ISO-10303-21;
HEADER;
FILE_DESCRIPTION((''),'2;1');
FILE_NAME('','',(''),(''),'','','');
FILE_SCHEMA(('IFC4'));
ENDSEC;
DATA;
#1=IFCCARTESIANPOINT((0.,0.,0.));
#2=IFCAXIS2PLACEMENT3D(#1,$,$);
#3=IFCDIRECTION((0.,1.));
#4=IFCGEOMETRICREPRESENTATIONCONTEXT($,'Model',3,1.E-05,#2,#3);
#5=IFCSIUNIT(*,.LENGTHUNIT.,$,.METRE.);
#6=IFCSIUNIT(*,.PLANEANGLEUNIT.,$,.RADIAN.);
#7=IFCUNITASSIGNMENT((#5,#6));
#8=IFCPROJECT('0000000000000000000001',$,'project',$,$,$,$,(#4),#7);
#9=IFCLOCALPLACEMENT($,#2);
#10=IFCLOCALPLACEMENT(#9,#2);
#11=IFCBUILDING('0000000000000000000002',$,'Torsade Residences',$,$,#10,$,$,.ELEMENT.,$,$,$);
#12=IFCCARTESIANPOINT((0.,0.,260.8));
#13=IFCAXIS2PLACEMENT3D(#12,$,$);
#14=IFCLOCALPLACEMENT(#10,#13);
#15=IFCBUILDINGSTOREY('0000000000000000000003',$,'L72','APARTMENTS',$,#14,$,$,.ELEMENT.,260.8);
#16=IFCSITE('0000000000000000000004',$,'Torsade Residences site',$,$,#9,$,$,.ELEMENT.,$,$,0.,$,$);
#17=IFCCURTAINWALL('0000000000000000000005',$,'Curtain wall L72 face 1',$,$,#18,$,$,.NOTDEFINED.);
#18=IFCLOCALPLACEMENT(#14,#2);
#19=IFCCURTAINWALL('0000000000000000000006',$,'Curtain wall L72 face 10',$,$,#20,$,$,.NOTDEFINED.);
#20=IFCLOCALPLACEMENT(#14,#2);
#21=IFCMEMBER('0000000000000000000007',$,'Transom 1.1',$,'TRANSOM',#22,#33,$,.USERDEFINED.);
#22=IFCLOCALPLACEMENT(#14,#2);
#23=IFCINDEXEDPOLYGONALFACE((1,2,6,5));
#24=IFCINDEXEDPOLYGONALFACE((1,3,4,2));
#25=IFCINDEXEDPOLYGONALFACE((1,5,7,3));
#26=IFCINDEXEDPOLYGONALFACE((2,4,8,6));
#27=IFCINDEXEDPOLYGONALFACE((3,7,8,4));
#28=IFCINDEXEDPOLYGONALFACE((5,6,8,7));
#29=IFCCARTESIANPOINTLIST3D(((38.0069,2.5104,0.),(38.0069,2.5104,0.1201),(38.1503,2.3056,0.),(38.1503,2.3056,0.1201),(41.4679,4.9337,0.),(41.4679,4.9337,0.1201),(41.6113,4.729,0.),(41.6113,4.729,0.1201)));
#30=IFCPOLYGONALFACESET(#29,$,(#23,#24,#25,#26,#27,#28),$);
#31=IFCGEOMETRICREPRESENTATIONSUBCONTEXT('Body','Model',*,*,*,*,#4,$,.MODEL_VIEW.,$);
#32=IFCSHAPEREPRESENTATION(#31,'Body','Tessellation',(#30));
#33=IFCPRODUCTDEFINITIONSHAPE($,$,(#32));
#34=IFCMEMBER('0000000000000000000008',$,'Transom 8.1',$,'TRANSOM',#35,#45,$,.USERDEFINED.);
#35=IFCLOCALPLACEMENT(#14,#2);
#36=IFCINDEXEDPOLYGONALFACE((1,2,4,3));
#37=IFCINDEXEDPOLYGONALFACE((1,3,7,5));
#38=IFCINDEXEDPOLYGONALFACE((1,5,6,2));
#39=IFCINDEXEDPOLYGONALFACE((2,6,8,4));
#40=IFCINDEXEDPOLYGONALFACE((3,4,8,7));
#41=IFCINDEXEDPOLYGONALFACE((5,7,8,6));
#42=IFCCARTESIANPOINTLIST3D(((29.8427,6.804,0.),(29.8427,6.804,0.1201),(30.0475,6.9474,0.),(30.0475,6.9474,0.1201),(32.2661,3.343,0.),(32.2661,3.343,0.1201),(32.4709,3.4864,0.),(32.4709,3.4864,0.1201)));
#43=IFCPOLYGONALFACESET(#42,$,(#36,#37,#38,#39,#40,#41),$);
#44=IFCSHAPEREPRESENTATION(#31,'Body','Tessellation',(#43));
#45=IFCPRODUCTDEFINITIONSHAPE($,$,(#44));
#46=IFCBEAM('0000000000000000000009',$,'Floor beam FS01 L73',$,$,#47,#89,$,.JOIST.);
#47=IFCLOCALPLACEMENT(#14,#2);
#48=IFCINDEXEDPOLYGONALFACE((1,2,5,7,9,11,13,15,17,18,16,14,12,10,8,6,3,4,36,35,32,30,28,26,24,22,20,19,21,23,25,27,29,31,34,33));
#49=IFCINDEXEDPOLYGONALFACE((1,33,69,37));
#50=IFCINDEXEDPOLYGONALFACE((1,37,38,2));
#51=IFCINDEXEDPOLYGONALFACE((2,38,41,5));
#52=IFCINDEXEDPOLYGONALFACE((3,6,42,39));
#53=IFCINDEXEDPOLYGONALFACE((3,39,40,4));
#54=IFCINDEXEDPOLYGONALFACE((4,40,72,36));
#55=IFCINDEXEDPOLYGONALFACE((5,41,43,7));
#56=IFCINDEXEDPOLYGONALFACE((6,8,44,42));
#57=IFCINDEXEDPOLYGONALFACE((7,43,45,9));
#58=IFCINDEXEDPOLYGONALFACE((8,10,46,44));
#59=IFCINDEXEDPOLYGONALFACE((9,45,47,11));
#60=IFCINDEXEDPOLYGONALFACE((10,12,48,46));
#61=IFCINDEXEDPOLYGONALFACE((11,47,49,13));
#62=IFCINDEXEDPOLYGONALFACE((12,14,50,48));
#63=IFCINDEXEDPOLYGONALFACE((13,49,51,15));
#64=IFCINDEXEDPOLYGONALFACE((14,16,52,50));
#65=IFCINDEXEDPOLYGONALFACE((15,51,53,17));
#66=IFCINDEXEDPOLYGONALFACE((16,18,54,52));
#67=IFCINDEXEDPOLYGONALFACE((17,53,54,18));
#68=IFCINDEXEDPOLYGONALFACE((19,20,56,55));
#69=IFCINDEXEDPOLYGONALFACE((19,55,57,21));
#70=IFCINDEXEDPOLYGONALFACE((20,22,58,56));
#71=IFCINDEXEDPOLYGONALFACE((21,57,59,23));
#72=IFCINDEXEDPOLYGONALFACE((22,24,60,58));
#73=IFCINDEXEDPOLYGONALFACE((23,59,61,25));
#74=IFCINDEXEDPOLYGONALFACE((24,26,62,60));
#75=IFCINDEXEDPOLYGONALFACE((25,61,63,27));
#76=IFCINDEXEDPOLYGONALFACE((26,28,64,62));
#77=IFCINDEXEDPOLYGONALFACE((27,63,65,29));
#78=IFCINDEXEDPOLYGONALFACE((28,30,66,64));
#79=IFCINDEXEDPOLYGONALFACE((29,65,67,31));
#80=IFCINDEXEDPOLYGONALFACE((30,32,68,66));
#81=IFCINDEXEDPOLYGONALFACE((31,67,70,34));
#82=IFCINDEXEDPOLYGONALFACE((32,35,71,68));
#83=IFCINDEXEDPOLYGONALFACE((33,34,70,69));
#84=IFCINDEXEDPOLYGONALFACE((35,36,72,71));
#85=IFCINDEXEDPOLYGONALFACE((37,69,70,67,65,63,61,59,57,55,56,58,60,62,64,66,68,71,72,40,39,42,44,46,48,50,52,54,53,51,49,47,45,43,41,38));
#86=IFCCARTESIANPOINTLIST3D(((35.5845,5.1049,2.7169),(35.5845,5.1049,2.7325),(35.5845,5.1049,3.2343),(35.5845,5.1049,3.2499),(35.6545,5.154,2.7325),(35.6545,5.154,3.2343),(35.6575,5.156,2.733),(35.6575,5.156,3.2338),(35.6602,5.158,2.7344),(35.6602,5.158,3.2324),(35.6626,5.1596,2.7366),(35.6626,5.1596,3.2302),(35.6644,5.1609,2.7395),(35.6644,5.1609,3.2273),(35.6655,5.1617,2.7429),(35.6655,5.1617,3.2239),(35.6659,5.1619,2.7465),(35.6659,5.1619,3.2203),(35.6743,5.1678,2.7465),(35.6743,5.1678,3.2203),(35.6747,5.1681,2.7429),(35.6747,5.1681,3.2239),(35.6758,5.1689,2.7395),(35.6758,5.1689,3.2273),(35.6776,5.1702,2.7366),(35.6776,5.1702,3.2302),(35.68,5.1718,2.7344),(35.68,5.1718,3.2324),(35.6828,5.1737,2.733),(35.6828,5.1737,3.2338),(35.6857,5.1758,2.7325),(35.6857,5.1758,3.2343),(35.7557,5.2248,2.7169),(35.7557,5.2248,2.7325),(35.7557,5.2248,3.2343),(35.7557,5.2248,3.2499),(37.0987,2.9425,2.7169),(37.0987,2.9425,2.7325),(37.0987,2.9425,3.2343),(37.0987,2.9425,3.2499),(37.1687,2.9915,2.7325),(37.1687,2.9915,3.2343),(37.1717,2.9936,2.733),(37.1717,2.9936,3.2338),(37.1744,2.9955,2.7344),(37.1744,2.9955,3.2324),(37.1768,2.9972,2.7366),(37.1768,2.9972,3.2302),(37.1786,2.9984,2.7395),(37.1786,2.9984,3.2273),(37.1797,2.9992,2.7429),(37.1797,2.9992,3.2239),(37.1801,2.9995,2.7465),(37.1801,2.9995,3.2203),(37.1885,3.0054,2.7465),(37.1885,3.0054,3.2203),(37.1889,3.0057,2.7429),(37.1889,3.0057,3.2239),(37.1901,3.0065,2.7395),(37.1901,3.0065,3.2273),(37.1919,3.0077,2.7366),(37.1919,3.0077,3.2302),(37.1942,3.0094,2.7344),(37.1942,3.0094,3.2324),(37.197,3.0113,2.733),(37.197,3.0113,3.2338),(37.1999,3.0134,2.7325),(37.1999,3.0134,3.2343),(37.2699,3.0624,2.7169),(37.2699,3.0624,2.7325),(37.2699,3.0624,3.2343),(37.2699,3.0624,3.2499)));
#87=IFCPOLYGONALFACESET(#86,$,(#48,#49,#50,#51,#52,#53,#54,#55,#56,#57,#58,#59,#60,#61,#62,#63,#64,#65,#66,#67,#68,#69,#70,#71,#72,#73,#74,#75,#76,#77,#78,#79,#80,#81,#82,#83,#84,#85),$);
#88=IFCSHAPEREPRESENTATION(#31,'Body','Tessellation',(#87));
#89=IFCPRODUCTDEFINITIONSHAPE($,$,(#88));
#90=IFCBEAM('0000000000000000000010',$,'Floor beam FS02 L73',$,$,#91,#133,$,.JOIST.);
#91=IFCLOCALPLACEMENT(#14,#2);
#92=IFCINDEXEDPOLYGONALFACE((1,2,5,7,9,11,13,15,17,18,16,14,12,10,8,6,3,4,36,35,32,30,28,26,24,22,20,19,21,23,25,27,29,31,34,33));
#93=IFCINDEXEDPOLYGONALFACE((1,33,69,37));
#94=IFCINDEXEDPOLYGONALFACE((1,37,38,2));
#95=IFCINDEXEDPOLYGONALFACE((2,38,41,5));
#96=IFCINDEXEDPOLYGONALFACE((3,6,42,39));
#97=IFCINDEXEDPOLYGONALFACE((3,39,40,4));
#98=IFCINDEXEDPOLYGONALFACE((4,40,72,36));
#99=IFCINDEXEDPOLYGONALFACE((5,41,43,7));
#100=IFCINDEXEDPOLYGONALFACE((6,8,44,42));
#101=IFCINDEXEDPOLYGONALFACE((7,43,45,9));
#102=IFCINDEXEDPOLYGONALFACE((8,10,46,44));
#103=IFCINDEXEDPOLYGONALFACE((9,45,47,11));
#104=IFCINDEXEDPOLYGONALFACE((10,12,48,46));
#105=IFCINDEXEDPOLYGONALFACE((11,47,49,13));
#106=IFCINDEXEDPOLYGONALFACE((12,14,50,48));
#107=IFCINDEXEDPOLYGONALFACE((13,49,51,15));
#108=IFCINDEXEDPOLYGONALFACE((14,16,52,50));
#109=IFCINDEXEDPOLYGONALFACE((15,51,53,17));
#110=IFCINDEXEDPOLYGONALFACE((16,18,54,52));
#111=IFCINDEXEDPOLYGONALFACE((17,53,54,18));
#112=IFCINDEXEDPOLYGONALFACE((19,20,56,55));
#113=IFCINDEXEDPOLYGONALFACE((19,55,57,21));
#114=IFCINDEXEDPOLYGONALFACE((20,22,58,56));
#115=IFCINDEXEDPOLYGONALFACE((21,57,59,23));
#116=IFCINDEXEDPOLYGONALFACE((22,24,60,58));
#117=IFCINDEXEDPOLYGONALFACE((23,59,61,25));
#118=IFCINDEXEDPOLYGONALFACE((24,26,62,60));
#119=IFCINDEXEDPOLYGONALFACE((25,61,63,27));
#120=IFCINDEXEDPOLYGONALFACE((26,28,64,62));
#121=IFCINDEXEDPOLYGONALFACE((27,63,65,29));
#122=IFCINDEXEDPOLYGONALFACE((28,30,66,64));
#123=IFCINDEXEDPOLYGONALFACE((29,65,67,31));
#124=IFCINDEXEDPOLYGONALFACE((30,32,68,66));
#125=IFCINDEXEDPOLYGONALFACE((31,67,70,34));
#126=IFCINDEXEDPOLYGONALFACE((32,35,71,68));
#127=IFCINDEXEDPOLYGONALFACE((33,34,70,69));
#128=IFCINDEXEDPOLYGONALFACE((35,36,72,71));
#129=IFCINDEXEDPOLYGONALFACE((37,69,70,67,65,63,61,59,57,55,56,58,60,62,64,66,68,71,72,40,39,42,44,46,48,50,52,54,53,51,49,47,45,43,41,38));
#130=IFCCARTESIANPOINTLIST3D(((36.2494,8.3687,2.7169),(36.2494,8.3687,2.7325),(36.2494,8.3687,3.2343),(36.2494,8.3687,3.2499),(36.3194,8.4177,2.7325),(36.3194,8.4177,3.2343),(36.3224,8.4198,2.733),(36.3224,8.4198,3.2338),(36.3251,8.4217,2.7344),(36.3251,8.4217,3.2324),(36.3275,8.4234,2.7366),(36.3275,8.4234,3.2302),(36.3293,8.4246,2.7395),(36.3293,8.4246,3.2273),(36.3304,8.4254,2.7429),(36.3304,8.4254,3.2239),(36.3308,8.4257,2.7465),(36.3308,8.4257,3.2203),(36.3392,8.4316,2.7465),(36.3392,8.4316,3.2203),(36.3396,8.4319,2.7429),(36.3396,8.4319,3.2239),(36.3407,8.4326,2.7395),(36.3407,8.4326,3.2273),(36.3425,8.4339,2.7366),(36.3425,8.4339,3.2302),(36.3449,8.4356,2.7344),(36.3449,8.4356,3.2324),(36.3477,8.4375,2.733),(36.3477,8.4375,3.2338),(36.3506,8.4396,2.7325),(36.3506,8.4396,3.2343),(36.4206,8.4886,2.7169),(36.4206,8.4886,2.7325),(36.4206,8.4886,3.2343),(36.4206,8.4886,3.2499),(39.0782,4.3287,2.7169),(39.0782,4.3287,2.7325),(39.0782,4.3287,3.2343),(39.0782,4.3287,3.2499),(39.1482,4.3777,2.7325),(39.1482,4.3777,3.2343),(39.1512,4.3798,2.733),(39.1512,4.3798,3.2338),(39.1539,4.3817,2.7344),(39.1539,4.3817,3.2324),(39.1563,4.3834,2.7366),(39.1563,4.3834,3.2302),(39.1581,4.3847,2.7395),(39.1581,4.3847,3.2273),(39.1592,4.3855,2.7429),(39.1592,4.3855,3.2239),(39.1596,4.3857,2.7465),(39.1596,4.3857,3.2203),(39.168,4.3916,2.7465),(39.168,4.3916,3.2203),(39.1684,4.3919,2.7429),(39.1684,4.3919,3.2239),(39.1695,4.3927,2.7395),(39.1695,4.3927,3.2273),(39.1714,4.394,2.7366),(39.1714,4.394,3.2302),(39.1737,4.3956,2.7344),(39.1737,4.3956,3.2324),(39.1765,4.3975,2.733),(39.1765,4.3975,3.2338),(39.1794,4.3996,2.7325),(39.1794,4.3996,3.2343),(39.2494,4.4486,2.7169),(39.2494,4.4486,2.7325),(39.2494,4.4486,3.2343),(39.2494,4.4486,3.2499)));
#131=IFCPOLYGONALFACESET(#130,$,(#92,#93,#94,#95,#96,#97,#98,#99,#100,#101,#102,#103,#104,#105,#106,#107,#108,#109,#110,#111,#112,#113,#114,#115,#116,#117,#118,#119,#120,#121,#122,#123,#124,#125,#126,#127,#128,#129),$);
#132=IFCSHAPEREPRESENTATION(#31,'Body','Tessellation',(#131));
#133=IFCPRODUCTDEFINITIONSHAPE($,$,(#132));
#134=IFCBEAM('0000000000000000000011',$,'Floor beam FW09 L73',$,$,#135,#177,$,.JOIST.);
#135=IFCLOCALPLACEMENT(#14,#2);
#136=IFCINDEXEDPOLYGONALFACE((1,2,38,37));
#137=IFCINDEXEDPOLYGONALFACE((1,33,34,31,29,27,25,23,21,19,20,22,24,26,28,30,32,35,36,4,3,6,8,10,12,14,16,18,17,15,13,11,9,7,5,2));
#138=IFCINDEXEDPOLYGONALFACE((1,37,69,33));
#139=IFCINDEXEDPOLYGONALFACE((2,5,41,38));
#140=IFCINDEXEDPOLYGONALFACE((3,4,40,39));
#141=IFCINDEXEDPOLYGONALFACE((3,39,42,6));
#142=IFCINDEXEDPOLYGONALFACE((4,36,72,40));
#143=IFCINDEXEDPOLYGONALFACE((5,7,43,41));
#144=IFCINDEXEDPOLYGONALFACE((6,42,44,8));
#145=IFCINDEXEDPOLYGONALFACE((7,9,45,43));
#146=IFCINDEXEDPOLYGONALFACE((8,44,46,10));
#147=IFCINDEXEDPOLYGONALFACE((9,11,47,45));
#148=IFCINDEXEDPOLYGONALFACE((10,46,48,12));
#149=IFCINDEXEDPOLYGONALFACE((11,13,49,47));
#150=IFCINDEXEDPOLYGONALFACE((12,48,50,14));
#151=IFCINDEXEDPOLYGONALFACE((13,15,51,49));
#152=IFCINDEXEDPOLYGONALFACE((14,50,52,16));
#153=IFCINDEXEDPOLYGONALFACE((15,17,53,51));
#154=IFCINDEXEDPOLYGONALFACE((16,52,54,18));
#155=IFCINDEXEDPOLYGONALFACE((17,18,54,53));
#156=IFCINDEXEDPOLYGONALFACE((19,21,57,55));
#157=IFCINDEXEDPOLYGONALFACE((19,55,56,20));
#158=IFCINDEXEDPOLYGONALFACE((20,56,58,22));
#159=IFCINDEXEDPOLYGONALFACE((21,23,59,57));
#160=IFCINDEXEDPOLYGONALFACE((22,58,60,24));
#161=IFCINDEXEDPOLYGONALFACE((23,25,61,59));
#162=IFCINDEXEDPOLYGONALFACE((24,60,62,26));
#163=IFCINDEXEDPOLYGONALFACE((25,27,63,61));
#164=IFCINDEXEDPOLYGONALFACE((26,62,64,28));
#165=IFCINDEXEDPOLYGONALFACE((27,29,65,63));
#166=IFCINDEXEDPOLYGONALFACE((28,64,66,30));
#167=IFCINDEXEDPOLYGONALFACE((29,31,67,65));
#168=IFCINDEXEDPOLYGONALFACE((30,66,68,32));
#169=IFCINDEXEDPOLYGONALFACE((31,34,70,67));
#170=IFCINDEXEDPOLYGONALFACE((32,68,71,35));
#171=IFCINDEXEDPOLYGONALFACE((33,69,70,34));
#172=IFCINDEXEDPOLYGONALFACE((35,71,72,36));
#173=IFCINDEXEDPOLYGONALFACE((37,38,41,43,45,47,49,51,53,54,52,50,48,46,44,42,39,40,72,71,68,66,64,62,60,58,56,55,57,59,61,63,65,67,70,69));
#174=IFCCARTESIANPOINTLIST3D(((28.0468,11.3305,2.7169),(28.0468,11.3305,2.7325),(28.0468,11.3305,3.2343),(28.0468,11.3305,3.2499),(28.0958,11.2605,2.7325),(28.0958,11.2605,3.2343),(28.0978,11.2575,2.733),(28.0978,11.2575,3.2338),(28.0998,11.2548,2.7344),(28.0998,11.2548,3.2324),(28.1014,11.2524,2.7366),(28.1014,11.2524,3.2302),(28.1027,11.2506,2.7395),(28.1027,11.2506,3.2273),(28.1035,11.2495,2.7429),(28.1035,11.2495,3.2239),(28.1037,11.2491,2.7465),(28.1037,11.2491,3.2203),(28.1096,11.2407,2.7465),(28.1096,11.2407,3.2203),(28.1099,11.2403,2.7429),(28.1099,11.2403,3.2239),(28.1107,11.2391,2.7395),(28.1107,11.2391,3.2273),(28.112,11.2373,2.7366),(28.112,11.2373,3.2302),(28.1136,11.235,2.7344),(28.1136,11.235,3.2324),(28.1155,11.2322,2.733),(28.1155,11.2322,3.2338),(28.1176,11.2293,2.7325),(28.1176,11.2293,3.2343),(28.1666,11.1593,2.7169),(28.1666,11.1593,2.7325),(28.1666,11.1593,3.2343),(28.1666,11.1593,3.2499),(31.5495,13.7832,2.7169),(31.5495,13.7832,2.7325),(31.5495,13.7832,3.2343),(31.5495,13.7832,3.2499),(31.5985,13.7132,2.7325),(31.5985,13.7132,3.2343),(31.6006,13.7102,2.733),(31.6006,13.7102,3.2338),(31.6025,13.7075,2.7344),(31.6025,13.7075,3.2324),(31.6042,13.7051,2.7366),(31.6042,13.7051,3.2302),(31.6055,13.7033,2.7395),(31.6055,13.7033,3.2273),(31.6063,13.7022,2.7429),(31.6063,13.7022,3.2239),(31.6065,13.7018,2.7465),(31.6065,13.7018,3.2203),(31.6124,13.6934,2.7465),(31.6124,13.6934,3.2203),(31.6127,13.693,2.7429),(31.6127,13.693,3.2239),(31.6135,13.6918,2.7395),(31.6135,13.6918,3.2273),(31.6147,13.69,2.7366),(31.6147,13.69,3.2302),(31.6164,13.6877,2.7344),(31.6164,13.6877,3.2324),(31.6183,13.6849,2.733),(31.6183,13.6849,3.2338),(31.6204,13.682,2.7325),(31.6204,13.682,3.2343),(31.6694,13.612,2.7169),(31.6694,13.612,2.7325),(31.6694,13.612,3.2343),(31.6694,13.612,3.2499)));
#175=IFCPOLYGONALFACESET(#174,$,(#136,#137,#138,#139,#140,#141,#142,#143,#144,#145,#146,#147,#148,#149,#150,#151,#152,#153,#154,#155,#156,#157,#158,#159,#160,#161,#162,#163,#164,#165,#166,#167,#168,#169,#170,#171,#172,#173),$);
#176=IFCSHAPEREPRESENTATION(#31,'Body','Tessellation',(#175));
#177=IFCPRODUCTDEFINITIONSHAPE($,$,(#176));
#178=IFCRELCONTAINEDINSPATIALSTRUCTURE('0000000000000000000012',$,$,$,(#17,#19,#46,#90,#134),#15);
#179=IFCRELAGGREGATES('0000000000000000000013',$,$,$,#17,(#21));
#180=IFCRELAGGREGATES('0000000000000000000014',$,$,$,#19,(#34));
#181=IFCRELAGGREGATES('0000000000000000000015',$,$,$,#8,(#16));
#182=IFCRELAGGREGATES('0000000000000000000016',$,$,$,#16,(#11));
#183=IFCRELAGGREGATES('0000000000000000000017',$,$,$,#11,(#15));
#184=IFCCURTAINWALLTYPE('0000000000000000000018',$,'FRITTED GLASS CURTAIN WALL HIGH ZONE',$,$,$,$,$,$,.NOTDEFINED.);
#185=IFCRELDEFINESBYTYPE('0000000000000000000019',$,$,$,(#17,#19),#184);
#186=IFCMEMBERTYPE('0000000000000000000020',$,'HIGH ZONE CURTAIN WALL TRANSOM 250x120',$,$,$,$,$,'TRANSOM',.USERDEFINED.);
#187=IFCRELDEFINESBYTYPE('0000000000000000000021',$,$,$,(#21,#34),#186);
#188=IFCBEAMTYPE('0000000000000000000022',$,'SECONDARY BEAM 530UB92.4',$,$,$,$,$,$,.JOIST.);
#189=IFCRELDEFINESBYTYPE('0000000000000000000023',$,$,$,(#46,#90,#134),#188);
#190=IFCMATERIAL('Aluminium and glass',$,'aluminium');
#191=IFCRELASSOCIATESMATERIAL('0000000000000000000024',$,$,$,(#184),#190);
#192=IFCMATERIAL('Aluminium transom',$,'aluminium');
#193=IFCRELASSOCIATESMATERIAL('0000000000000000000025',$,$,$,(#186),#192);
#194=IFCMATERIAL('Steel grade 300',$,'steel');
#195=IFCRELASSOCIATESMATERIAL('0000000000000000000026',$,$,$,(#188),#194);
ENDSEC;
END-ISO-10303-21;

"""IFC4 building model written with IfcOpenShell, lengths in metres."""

from ifc_helpers import new_model, si_unit, direction, frame, origin, origin_2d, place, context, subcontext, project, spatial, rectangle, i_section, extrude, material, material_profile, profile_set, type_object, element, aggregate, save


model = new_model("IFC4")

# Units and contexts
model_context = context("Model", 3, precision=1e-05, world=origin(), true_north=direction((0.0, 1.0)))
body_context = subcontext(model_context, "Body", "Model", "MODEL_VIEW")
ifc_project = project(units=[si_unit("LENGTHUNIT", "METRE"), si_unit("PLANEANGLEUNIT", "RADIAN")], contexts=[model_context])

# Site, building, storey
site_placement = place(None, origin())
site = spatial("IfcSite", under=ifc_project, at=site_placement, Name="Torsade Residences site", CompositionType="ELEMENT", RefElevation=0.0)
building_placement = place(site_placement, origin())
building = spatial("IfcBuilding", under=site, at=building_placement, Name="Torsade Residences", CompositionType="ELEMENT")
storey_placement = place(building_placement, frame((0.0, 0.0, 260.8)))
storey = spatial("IfcBuildingStorey", under=building, at=storey_placement, Name="L72", Description="APARTMENTS", CompositionType="ELEMENT", Elevation=260.8)

# Curtain wall
ifc_material_1 = material(Name="Aluminium and glass", Category="aluminium")
curtain_wall_type = type_object("IfcCurtainWallType", Name="FRITTED GLASS CURTAIN WALL HIGH ZONE", PredefinedType="NOTDEFINED", material=ifc_material_1)
curtain_wall_1_placement = place(storey_placement, origin())
curtain_wall_1 = element("IfcCurtainWall", 1, at=curtain_wall_1_placement, inside=storey, type_object=curtain_wall_type, Name="Curtain wall L72 face 1", PredefinedType="NOTDEFINED")

# Curtain wall
curtain_wall_2_placement = place(storey_placement, origin())
curtain_wall_2 = element("IfcCurtainWall", 2, at=curtain_wall_2_placement, inside=storey, type_object=curtain_wall_type, Name="Curtain wall L72 face 10", PredefinedType="NOTDEFINED")

# Members
ifc_material_2 = material(Name="Aluminium transom", Category="aluminium")
ifc_material_profile_1 = material_profile(ifc_material_2, rectangle(XDim=0.25, YDim=0.1201, at=origin_2d()), Name="HIGH ZONE CURTAIN WALL TRANSOM 250x120")
ifc_profile_set_1 = profile_set([ifc_material_profile_1], Name="Aluminium transom")
member_type_1 = type_object("IfcMemberType", Name="HIGH ZONE CURTAIN WALL TRANSOM 250x120", ElementType="TRANSOM", PredefinedType="USERDEFINED", material=ifc_profile_set_1)
member_1_placement = place(storey_placement, frame((38.0786, 2.408, 0.0601), z_axis=(0.819156, 0.573571, 0.0), x_axis=(-0.573571, 0.819156, 0.0)))
member_1 = element("IfcMember", 3, at=member_1_placement, type_object=member_type_1, Name="Transom 1.1", ObjectType="TRANSOM", PredefinedType="USERDEFINED", context=body_context, shape_type="SweptSolid", body=[
    extrude(rectangle(XDim=0.25, YDim=0.1201, at=origin_2d()), origin(), (0.0, 0.0, 1.0), 4.2251),
])
aggregate(curtain_wall_1, [member_1])
member_2_placement = place(storey_placement, frame((29.9451, 6.8757, 0.0601), z_axis=(0.573571, -0.819156, 0.0), x_axis=(0.819156, 0.573571, 0.0)))
member_2 = element("IfcMember", 4, at=member_2_placement, type_object=member_type_1, Name="Transom 8.1", ObjectType="TRANSOM", PredefinedType="USERDEFINED", context=body_context, shape_type="SweptSolid", body=[
    extrude(rectangle(XDim=0.25, YDim=0.1201, at=origin_2d()), origin(), (0.0, 0.0, 1.0), 4.2251),
])

# Beams
ifc_material_3 = material(Name="Steel grade 300", Category="steel")
ifc_material_profile_2 = material_profile(ifc_material_3, i_section(OverallWidth=0.209, OverallDepth=0.533, WebThickness=0.0103, FlangeThickness=0.0156, FilletRadius=0.0139, at=origin_2d()), Name="530UB92.4")
ifc_profile_set_2 = profile_set([ifc_material_profile_2], Name="Steel grade 300")
beam_type_1 = type_object("IfcBeamType", Name="SECONDARY BEAM 530UB92.4", PredefinedType="JOIST", material=ifc_profile_set_2)
beam_1_placement = place(storey_placement, frame((37.1843, 3.0024, 2.9834), z_axis=(-0.573593, 0.819141, 0.0), x_axis=(-0.819141, -0.573593, 0.0)))
element("IfcBeam", 5, at=beam_1_placement, inside=storey, type_object=beam_type_1, Name="Floor beam FS01 L73", PredefinedType="JOIST", context=body_context, shape_type="SweptSolid", body=[
    extrude(i_section(OverallWidth=0.209, OverallDepth=0.533, WebThickness=0.0103, FlangeThickness=0.0156, FilletRadius=0.0139, at=origin_2d()), origin(), (0.0, 0.0, 1.0), 2.6399),
])
beam_2_placement = place(storey_placement, frame((39.1638, 4.3887, 2.9834), z_axis=(-0.573575, 0.819153, 0.0), x_axis=(-0.819153, -0.573575, 0.0)))
element("IfcBeam", 6, at=beam_2_placement, inside=storey, type_object=beam_type_1, Name="Floor beam FS02 L73", PredefinedType="JOIST", context=body_context, shape_type="SweptSolid", body=[
    extrude(i_section(OverallWidth=0.209, OverallDepth=0.533, WebThickness=0.0103, FlangeThickness=0.0156, FilletRadius=0.0139, at=origin_2d()), origin(), (0.0, 0.0, 1.0), 4.9319),
])
beam_3_placement = place(storey_placement, frame((28.1067, 11.2449, 2.9834), z_axis=(0.819149, 0.573581, 0.0), x_axis=(-0.573581, 0.819149, 0.0)))
element("IfcBeam", 7, at=beam_3_placement, inside=storey, type_object=beam_type_1, Name="Floor beam FW09 L73", PredefinedType="JOIST", context=body_context, shape_type="SweptSolid", body=[
    extrude(i_section(OverallWidth=0.209, OverallDepth=0.533, WebThickness=0.0103, FlangeThickness=0.0156, FilletRadius=0.0139, at=origin_2d()), origin(), (0.0, 0.0, 1.0), 4.2761),
])

aggregate(curtain_wall_2, [member_2])

save(model, "model.ifc")
